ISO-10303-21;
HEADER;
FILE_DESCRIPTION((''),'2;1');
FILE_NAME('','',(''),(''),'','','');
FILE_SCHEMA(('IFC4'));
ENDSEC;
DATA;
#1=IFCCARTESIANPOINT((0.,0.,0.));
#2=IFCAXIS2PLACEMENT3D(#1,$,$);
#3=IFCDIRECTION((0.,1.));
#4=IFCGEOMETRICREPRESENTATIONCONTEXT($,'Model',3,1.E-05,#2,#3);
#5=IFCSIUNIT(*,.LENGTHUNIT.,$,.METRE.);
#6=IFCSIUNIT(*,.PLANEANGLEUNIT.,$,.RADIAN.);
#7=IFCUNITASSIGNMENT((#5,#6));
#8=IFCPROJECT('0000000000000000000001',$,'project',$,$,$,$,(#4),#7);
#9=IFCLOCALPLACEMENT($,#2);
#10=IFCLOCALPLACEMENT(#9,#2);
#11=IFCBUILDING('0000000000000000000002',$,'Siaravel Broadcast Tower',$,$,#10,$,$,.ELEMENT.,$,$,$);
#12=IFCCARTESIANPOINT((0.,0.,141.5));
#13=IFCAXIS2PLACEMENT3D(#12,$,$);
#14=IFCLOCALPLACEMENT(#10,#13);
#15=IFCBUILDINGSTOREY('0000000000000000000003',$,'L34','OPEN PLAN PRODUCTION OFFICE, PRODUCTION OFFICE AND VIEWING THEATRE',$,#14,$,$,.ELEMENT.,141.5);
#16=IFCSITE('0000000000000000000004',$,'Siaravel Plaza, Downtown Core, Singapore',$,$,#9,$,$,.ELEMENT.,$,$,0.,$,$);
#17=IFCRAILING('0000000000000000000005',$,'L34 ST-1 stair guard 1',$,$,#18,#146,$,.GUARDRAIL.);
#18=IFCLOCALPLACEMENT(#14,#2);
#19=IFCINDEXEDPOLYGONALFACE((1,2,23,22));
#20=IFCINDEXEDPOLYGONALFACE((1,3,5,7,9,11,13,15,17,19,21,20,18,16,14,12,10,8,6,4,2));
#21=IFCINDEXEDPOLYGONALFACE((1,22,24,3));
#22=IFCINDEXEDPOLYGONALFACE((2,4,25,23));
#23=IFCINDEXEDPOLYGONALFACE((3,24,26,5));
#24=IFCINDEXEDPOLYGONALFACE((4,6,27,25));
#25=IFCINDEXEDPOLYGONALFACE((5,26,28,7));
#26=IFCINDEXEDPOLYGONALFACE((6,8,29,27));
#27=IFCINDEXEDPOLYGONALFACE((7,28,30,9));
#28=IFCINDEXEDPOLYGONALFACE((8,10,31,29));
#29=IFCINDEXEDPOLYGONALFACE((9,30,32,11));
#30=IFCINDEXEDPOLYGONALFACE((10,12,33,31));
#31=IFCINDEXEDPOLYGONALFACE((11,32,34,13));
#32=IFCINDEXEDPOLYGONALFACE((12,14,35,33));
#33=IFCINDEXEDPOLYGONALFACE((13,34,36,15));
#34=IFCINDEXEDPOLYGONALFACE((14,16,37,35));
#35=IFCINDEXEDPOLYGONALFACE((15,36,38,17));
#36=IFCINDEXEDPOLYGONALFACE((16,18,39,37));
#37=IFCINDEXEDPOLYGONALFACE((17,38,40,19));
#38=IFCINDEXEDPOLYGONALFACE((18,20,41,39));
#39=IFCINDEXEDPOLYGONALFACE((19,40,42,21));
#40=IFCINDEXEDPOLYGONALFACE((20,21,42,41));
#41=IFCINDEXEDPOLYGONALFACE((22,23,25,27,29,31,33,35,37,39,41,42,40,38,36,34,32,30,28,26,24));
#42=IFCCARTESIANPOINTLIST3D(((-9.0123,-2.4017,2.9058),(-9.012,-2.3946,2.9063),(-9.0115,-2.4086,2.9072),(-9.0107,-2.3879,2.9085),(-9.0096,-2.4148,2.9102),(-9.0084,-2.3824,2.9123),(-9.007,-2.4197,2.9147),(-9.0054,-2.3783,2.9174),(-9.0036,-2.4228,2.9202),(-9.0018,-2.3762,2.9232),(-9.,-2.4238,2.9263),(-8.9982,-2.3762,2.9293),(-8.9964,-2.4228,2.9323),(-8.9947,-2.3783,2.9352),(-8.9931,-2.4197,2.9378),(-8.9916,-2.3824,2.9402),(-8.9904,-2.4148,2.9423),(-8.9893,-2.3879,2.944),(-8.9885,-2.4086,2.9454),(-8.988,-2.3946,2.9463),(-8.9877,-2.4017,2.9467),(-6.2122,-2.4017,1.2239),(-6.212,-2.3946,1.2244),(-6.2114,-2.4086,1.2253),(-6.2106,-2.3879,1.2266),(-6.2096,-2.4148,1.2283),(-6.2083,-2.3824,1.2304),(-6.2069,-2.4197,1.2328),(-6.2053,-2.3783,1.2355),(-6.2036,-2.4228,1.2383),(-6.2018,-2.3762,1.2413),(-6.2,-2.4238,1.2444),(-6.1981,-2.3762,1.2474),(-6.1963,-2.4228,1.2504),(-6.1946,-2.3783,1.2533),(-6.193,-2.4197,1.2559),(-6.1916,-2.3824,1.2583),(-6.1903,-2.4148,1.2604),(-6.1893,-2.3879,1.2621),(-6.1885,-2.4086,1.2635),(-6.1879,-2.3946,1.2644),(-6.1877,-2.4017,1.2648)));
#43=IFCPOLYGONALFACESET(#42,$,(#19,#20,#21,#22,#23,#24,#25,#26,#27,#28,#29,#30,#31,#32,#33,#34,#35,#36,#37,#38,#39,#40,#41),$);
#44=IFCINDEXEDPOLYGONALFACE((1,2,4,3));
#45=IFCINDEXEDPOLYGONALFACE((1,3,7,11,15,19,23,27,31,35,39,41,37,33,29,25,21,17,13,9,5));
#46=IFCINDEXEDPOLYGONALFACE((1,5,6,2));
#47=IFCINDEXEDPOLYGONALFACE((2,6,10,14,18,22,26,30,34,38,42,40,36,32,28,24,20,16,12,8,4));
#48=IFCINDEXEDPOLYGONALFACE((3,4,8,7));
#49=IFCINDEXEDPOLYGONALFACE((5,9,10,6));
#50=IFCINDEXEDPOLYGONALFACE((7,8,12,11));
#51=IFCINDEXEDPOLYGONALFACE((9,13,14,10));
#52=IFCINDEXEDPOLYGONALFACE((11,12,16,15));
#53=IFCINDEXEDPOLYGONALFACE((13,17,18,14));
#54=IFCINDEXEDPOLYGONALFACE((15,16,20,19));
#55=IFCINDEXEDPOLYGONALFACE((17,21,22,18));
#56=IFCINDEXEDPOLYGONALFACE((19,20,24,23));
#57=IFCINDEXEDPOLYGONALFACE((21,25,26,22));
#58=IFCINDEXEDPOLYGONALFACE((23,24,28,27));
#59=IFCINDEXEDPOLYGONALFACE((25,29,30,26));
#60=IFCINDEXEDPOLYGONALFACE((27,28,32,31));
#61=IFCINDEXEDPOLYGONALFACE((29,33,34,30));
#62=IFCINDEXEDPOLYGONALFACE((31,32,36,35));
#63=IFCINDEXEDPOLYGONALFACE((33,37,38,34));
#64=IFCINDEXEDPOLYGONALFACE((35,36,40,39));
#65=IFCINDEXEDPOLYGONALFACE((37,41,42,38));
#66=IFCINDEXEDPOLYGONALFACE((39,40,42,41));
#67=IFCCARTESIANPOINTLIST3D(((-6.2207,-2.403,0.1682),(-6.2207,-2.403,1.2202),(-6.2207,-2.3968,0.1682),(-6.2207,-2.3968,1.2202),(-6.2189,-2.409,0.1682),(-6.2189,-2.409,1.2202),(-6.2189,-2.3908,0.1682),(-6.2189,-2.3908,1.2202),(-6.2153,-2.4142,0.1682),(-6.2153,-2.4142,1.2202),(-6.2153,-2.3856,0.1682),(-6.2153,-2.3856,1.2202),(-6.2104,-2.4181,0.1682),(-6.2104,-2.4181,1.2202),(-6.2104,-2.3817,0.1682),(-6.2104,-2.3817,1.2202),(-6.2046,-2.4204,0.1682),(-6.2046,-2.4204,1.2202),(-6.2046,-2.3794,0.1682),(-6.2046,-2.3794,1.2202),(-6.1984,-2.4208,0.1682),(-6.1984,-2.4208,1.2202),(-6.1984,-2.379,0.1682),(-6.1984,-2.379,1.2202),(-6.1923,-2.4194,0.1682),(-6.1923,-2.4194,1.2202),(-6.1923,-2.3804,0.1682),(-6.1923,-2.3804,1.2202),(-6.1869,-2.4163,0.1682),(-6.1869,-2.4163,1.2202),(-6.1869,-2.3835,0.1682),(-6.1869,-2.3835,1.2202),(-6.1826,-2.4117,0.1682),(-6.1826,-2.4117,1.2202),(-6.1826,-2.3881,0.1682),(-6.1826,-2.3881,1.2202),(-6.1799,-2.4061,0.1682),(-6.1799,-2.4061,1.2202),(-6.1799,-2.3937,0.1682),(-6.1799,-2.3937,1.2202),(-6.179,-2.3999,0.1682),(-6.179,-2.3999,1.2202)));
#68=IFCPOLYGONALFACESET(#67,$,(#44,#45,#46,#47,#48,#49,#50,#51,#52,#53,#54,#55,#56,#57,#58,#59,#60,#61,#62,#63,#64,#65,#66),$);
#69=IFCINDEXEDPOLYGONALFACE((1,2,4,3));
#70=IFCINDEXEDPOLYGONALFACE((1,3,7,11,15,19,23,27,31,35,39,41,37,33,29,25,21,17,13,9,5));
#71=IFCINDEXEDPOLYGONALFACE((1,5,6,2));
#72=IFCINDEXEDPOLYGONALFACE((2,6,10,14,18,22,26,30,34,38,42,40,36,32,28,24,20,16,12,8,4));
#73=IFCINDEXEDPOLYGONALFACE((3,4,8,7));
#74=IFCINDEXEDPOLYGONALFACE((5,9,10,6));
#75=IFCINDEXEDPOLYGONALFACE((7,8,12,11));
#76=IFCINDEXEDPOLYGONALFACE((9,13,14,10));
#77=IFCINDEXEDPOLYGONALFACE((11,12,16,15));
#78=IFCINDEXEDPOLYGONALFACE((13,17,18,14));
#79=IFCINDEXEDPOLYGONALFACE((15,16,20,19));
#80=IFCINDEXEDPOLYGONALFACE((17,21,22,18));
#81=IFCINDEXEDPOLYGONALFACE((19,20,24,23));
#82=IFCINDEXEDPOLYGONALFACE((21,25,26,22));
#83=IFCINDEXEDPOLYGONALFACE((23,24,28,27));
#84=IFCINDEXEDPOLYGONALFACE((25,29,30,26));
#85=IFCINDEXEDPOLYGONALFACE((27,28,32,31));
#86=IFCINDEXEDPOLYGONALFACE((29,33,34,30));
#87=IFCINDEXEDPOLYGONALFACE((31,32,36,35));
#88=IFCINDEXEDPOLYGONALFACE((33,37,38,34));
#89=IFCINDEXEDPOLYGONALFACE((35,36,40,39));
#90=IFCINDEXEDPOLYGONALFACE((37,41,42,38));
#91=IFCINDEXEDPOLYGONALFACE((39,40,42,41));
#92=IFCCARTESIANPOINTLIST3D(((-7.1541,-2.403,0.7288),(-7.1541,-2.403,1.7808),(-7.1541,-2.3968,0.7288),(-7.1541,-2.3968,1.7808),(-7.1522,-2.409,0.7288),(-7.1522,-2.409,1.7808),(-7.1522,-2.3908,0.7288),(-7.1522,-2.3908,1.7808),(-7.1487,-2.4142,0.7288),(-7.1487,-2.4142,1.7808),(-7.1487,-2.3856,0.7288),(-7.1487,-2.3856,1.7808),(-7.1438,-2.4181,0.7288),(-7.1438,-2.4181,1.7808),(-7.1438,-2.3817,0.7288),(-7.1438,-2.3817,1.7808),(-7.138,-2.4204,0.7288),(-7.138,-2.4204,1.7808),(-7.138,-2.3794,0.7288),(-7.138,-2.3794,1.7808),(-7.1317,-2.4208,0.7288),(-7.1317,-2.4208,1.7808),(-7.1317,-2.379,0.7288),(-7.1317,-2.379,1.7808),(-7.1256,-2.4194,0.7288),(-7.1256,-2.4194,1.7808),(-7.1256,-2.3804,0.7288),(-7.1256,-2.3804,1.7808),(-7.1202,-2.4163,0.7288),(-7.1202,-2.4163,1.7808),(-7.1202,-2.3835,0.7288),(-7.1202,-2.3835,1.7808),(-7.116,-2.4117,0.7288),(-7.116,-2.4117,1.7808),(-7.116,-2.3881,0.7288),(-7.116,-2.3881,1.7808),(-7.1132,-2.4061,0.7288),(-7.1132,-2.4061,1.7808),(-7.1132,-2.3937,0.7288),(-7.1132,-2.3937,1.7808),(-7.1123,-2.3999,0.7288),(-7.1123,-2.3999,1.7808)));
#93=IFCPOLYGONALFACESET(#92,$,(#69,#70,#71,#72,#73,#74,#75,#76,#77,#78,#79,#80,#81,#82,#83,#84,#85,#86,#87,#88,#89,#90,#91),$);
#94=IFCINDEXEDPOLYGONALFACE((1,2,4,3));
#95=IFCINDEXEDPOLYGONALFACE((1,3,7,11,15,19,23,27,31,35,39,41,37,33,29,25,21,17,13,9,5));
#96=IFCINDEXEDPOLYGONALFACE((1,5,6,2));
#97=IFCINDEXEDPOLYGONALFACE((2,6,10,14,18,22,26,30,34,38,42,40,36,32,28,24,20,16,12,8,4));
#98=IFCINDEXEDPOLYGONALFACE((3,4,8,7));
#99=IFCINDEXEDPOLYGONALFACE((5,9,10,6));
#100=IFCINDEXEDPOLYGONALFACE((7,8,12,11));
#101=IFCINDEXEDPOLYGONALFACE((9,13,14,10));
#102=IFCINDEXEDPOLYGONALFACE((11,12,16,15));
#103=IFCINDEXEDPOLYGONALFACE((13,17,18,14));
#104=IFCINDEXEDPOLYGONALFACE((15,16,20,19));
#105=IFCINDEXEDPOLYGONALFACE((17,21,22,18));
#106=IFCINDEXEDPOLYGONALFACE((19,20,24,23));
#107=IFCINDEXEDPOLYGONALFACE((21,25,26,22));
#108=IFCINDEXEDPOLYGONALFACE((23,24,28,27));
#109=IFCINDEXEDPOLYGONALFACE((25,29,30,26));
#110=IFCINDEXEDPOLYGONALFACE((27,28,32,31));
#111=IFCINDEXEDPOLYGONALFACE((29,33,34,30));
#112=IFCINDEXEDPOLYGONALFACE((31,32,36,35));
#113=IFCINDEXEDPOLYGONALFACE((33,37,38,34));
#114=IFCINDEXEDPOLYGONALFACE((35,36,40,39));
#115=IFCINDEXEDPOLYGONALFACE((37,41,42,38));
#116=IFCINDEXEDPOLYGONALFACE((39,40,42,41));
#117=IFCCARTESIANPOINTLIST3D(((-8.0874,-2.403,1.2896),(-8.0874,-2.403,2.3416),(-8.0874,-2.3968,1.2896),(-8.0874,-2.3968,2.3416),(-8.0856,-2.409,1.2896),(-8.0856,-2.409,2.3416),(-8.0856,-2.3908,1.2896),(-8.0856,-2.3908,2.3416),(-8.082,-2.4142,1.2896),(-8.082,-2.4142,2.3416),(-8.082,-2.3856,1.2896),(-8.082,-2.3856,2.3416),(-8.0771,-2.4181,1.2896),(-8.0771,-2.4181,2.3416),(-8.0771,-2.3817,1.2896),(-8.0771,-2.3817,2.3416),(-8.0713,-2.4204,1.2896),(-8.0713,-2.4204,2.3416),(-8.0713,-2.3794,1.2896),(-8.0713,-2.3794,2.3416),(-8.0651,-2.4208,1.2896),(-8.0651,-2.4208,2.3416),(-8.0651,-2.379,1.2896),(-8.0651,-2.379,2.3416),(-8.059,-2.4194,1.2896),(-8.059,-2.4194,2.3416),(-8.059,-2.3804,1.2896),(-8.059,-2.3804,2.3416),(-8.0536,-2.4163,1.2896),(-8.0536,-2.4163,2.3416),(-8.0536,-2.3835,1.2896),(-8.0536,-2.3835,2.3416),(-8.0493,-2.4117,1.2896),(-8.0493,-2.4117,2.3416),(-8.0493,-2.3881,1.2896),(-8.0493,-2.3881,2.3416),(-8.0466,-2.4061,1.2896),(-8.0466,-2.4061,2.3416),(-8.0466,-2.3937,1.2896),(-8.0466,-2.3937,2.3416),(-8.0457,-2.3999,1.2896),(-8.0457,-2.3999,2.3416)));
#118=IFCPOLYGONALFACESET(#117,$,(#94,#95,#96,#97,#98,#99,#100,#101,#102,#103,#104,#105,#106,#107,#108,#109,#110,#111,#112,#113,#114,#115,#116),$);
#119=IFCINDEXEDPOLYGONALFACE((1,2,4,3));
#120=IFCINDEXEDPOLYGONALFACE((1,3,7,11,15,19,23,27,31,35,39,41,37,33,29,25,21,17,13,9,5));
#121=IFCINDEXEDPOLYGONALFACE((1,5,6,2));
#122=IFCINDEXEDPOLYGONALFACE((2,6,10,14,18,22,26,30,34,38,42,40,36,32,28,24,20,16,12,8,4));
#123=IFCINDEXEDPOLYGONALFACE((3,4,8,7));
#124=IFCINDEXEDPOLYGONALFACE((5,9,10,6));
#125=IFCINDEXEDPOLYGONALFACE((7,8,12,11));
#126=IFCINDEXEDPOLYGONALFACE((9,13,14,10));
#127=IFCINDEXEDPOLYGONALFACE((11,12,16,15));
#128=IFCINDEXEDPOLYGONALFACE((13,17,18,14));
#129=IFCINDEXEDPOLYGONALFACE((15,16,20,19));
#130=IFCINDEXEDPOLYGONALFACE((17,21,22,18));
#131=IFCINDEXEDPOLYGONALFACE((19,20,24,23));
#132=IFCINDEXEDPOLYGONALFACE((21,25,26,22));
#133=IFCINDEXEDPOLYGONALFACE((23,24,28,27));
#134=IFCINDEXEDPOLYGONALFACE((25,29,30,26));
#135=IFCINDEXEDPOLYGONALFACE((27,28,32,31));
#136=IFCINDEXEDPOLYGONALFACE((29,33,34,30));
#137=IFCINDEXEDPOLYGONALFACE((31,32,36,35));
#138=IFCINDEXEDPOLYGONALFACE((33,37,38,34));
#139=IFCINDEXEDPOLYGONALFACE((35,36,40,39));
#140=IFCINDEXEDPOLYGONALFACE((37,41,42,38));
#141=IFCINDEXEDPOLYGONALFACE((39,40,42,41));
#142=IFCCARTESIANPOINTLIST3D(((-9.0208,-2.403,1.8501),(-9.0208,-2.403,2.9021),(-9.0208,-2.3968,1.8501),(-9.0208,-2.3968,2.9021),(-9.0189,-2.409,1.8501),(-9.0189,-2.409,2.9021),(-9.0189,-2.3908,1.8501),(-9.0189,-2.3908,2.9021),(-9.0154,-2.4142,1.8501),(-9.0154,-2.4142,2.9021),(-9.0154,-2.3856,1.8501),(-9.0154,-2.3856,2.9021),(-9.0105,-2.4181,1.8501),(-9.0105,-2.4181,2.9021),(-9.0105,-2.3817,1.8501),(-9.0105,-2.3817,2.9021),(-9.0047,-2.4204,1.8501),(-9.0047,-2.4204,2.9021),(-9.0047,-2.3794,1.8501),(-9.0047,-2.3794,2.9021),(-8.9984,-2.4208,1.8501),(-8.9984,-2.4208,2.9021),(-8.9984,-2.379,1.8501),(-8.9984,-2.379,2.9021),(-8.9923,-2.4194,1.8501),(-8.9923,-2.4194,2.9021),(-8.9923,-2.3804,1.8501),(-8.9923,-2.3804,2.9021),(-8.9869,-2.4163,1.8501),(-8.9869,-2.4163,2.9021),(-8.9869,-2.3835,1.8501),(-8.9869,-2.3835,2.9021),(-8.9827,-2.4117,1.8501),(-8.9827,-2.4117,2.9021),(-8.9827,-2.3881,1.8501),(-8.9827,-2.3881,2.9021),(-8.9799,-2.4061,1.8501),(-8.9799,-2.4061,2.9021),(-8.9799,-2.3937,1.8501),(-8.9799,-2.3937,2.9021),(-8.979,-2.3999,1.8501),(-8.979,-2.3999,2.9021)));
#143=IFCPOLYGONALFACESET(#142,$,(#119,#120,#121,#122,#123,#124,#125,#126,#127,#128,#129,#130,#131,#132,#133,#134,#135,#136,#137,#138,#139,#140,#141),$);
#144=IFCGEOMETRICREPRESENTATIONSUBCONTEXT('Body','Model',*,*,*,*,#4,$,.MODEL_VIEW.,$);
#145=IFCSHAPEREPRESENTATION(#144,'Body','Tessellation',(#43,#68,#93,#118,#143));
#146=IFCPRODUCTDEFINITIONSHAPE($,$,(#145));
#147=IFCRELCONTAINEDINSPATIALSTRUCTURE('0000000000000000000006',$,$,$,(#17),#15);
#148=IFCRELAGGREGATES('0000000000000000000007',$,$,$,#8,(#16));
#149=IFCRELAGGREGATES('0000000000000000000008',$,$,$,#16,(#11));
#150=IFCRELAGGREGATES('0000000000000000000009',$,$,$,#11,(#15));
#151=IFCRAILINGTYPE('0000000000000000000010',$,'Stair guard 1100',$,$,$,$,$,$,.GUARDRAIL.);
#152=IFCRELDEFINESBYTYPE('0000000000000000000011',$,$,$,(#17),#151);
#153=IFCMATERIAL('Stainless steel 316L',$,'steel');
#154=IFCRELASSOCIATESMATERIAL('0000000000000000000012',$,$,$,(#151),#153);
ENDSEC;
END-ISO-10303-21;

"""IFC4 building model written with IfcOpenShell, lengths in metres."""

from ifc_helpers import new_model, si_unit, direction, frame, origin, origin_2d, place, context, subcontext, project, spatial, circle, extrude, material, type_object, element, save


model = new_model("IFC4")

# Units and contexts
model_context = context("Model", 3, precision=1e-05, world=origin(), true_north=direction((0.0, 1.0)))
body_context = subcontext(model_context, "Body", "Model", "MODEL_VIEW")
ifc_project = project(units=[si_unit("LENGTHUNIT", "METRE"), si_unit("PLANEANGLEUNIT", "RADIAN")], contexts=[model_context])

# Site, building, storey
site_placement = place(None, origin())
site = spatial("IfcSite", under=ifc_project, at=site_placement, Name="Siaravel Plaza, Downtown Core, Singapore", CompositionType="ELEMENT", RefElevation=0.0)
building_placement = place(site_placement, origin())
building = spatial("IfcBuilding", under=site, at=building_placement, Name="Siaravel Broadcast Tower", CompositionType="ELEMENT")
storey_placement = place(building_placement, frame((0.0, 0.0, 141.5)))
storey = spatial("IfcBuildingStorey", under=building, at=storey_placement, Name="L34", Description="OPEN PLAN PRODUCTION OFFICE, PRODUCTION OFFICE AND VIEWING THEATRE", CompositionType="ELEMENT", Elevation=141.5)

# Shared definitions
ifc_material_1 = material(Name="Stainless steel 316L", Category="steel")

# Railing
railing_type_1 = type_object("IfcRailingType", Name="Stair guard 1100", PredefinedType="GUARDRAIL", material=ifc_material_1)
railing_1_placement = place(storey_placement, frame((-6.2, -2.3999, 0.1682)))
element("IfcRailing", 1, at=railing_1_placement, inside=storey, type_object=railing_type_1, Name="L34 ST-1 stair guard 1", PredefinedType="GUARDRAIL", context=body_context, shape_type="SweptSolid", body=[
    extrude(circle(Radius=0.0239, at=origin_2d()), frame((0.0, 0.0, 1.0762), z_axis=(-0.857242, 0.0, 0.514913), x_axis=(0.0, -1.0, 0.0)), (0.0, 0.0, 1.0), 3.2664),
    extrude(circle(Radius=0.021, at=origin_2d()), origin(), (0.0, 0.0, 1.0), 1.052),
    extrude(circle(Radius=0.021, at=origin_2d()), frame((-0.9333, 0.0, 0.5605)), (0.0, 0.0, 1.0), 1.052),
    extrude(circle(Radius=0.021, at=origin_2d()), frame((-1.8667, 0.0, 1.1213)), (0.0, 0.0, 1.0), 1.052),
    extrude(circle(Radius=0.021, at=origin_2d()), frame((-2.8, 0.0, 1.6819)), (0.0, 0.0, 1.0), 1.052),
])

save(model, "model.ifc")
